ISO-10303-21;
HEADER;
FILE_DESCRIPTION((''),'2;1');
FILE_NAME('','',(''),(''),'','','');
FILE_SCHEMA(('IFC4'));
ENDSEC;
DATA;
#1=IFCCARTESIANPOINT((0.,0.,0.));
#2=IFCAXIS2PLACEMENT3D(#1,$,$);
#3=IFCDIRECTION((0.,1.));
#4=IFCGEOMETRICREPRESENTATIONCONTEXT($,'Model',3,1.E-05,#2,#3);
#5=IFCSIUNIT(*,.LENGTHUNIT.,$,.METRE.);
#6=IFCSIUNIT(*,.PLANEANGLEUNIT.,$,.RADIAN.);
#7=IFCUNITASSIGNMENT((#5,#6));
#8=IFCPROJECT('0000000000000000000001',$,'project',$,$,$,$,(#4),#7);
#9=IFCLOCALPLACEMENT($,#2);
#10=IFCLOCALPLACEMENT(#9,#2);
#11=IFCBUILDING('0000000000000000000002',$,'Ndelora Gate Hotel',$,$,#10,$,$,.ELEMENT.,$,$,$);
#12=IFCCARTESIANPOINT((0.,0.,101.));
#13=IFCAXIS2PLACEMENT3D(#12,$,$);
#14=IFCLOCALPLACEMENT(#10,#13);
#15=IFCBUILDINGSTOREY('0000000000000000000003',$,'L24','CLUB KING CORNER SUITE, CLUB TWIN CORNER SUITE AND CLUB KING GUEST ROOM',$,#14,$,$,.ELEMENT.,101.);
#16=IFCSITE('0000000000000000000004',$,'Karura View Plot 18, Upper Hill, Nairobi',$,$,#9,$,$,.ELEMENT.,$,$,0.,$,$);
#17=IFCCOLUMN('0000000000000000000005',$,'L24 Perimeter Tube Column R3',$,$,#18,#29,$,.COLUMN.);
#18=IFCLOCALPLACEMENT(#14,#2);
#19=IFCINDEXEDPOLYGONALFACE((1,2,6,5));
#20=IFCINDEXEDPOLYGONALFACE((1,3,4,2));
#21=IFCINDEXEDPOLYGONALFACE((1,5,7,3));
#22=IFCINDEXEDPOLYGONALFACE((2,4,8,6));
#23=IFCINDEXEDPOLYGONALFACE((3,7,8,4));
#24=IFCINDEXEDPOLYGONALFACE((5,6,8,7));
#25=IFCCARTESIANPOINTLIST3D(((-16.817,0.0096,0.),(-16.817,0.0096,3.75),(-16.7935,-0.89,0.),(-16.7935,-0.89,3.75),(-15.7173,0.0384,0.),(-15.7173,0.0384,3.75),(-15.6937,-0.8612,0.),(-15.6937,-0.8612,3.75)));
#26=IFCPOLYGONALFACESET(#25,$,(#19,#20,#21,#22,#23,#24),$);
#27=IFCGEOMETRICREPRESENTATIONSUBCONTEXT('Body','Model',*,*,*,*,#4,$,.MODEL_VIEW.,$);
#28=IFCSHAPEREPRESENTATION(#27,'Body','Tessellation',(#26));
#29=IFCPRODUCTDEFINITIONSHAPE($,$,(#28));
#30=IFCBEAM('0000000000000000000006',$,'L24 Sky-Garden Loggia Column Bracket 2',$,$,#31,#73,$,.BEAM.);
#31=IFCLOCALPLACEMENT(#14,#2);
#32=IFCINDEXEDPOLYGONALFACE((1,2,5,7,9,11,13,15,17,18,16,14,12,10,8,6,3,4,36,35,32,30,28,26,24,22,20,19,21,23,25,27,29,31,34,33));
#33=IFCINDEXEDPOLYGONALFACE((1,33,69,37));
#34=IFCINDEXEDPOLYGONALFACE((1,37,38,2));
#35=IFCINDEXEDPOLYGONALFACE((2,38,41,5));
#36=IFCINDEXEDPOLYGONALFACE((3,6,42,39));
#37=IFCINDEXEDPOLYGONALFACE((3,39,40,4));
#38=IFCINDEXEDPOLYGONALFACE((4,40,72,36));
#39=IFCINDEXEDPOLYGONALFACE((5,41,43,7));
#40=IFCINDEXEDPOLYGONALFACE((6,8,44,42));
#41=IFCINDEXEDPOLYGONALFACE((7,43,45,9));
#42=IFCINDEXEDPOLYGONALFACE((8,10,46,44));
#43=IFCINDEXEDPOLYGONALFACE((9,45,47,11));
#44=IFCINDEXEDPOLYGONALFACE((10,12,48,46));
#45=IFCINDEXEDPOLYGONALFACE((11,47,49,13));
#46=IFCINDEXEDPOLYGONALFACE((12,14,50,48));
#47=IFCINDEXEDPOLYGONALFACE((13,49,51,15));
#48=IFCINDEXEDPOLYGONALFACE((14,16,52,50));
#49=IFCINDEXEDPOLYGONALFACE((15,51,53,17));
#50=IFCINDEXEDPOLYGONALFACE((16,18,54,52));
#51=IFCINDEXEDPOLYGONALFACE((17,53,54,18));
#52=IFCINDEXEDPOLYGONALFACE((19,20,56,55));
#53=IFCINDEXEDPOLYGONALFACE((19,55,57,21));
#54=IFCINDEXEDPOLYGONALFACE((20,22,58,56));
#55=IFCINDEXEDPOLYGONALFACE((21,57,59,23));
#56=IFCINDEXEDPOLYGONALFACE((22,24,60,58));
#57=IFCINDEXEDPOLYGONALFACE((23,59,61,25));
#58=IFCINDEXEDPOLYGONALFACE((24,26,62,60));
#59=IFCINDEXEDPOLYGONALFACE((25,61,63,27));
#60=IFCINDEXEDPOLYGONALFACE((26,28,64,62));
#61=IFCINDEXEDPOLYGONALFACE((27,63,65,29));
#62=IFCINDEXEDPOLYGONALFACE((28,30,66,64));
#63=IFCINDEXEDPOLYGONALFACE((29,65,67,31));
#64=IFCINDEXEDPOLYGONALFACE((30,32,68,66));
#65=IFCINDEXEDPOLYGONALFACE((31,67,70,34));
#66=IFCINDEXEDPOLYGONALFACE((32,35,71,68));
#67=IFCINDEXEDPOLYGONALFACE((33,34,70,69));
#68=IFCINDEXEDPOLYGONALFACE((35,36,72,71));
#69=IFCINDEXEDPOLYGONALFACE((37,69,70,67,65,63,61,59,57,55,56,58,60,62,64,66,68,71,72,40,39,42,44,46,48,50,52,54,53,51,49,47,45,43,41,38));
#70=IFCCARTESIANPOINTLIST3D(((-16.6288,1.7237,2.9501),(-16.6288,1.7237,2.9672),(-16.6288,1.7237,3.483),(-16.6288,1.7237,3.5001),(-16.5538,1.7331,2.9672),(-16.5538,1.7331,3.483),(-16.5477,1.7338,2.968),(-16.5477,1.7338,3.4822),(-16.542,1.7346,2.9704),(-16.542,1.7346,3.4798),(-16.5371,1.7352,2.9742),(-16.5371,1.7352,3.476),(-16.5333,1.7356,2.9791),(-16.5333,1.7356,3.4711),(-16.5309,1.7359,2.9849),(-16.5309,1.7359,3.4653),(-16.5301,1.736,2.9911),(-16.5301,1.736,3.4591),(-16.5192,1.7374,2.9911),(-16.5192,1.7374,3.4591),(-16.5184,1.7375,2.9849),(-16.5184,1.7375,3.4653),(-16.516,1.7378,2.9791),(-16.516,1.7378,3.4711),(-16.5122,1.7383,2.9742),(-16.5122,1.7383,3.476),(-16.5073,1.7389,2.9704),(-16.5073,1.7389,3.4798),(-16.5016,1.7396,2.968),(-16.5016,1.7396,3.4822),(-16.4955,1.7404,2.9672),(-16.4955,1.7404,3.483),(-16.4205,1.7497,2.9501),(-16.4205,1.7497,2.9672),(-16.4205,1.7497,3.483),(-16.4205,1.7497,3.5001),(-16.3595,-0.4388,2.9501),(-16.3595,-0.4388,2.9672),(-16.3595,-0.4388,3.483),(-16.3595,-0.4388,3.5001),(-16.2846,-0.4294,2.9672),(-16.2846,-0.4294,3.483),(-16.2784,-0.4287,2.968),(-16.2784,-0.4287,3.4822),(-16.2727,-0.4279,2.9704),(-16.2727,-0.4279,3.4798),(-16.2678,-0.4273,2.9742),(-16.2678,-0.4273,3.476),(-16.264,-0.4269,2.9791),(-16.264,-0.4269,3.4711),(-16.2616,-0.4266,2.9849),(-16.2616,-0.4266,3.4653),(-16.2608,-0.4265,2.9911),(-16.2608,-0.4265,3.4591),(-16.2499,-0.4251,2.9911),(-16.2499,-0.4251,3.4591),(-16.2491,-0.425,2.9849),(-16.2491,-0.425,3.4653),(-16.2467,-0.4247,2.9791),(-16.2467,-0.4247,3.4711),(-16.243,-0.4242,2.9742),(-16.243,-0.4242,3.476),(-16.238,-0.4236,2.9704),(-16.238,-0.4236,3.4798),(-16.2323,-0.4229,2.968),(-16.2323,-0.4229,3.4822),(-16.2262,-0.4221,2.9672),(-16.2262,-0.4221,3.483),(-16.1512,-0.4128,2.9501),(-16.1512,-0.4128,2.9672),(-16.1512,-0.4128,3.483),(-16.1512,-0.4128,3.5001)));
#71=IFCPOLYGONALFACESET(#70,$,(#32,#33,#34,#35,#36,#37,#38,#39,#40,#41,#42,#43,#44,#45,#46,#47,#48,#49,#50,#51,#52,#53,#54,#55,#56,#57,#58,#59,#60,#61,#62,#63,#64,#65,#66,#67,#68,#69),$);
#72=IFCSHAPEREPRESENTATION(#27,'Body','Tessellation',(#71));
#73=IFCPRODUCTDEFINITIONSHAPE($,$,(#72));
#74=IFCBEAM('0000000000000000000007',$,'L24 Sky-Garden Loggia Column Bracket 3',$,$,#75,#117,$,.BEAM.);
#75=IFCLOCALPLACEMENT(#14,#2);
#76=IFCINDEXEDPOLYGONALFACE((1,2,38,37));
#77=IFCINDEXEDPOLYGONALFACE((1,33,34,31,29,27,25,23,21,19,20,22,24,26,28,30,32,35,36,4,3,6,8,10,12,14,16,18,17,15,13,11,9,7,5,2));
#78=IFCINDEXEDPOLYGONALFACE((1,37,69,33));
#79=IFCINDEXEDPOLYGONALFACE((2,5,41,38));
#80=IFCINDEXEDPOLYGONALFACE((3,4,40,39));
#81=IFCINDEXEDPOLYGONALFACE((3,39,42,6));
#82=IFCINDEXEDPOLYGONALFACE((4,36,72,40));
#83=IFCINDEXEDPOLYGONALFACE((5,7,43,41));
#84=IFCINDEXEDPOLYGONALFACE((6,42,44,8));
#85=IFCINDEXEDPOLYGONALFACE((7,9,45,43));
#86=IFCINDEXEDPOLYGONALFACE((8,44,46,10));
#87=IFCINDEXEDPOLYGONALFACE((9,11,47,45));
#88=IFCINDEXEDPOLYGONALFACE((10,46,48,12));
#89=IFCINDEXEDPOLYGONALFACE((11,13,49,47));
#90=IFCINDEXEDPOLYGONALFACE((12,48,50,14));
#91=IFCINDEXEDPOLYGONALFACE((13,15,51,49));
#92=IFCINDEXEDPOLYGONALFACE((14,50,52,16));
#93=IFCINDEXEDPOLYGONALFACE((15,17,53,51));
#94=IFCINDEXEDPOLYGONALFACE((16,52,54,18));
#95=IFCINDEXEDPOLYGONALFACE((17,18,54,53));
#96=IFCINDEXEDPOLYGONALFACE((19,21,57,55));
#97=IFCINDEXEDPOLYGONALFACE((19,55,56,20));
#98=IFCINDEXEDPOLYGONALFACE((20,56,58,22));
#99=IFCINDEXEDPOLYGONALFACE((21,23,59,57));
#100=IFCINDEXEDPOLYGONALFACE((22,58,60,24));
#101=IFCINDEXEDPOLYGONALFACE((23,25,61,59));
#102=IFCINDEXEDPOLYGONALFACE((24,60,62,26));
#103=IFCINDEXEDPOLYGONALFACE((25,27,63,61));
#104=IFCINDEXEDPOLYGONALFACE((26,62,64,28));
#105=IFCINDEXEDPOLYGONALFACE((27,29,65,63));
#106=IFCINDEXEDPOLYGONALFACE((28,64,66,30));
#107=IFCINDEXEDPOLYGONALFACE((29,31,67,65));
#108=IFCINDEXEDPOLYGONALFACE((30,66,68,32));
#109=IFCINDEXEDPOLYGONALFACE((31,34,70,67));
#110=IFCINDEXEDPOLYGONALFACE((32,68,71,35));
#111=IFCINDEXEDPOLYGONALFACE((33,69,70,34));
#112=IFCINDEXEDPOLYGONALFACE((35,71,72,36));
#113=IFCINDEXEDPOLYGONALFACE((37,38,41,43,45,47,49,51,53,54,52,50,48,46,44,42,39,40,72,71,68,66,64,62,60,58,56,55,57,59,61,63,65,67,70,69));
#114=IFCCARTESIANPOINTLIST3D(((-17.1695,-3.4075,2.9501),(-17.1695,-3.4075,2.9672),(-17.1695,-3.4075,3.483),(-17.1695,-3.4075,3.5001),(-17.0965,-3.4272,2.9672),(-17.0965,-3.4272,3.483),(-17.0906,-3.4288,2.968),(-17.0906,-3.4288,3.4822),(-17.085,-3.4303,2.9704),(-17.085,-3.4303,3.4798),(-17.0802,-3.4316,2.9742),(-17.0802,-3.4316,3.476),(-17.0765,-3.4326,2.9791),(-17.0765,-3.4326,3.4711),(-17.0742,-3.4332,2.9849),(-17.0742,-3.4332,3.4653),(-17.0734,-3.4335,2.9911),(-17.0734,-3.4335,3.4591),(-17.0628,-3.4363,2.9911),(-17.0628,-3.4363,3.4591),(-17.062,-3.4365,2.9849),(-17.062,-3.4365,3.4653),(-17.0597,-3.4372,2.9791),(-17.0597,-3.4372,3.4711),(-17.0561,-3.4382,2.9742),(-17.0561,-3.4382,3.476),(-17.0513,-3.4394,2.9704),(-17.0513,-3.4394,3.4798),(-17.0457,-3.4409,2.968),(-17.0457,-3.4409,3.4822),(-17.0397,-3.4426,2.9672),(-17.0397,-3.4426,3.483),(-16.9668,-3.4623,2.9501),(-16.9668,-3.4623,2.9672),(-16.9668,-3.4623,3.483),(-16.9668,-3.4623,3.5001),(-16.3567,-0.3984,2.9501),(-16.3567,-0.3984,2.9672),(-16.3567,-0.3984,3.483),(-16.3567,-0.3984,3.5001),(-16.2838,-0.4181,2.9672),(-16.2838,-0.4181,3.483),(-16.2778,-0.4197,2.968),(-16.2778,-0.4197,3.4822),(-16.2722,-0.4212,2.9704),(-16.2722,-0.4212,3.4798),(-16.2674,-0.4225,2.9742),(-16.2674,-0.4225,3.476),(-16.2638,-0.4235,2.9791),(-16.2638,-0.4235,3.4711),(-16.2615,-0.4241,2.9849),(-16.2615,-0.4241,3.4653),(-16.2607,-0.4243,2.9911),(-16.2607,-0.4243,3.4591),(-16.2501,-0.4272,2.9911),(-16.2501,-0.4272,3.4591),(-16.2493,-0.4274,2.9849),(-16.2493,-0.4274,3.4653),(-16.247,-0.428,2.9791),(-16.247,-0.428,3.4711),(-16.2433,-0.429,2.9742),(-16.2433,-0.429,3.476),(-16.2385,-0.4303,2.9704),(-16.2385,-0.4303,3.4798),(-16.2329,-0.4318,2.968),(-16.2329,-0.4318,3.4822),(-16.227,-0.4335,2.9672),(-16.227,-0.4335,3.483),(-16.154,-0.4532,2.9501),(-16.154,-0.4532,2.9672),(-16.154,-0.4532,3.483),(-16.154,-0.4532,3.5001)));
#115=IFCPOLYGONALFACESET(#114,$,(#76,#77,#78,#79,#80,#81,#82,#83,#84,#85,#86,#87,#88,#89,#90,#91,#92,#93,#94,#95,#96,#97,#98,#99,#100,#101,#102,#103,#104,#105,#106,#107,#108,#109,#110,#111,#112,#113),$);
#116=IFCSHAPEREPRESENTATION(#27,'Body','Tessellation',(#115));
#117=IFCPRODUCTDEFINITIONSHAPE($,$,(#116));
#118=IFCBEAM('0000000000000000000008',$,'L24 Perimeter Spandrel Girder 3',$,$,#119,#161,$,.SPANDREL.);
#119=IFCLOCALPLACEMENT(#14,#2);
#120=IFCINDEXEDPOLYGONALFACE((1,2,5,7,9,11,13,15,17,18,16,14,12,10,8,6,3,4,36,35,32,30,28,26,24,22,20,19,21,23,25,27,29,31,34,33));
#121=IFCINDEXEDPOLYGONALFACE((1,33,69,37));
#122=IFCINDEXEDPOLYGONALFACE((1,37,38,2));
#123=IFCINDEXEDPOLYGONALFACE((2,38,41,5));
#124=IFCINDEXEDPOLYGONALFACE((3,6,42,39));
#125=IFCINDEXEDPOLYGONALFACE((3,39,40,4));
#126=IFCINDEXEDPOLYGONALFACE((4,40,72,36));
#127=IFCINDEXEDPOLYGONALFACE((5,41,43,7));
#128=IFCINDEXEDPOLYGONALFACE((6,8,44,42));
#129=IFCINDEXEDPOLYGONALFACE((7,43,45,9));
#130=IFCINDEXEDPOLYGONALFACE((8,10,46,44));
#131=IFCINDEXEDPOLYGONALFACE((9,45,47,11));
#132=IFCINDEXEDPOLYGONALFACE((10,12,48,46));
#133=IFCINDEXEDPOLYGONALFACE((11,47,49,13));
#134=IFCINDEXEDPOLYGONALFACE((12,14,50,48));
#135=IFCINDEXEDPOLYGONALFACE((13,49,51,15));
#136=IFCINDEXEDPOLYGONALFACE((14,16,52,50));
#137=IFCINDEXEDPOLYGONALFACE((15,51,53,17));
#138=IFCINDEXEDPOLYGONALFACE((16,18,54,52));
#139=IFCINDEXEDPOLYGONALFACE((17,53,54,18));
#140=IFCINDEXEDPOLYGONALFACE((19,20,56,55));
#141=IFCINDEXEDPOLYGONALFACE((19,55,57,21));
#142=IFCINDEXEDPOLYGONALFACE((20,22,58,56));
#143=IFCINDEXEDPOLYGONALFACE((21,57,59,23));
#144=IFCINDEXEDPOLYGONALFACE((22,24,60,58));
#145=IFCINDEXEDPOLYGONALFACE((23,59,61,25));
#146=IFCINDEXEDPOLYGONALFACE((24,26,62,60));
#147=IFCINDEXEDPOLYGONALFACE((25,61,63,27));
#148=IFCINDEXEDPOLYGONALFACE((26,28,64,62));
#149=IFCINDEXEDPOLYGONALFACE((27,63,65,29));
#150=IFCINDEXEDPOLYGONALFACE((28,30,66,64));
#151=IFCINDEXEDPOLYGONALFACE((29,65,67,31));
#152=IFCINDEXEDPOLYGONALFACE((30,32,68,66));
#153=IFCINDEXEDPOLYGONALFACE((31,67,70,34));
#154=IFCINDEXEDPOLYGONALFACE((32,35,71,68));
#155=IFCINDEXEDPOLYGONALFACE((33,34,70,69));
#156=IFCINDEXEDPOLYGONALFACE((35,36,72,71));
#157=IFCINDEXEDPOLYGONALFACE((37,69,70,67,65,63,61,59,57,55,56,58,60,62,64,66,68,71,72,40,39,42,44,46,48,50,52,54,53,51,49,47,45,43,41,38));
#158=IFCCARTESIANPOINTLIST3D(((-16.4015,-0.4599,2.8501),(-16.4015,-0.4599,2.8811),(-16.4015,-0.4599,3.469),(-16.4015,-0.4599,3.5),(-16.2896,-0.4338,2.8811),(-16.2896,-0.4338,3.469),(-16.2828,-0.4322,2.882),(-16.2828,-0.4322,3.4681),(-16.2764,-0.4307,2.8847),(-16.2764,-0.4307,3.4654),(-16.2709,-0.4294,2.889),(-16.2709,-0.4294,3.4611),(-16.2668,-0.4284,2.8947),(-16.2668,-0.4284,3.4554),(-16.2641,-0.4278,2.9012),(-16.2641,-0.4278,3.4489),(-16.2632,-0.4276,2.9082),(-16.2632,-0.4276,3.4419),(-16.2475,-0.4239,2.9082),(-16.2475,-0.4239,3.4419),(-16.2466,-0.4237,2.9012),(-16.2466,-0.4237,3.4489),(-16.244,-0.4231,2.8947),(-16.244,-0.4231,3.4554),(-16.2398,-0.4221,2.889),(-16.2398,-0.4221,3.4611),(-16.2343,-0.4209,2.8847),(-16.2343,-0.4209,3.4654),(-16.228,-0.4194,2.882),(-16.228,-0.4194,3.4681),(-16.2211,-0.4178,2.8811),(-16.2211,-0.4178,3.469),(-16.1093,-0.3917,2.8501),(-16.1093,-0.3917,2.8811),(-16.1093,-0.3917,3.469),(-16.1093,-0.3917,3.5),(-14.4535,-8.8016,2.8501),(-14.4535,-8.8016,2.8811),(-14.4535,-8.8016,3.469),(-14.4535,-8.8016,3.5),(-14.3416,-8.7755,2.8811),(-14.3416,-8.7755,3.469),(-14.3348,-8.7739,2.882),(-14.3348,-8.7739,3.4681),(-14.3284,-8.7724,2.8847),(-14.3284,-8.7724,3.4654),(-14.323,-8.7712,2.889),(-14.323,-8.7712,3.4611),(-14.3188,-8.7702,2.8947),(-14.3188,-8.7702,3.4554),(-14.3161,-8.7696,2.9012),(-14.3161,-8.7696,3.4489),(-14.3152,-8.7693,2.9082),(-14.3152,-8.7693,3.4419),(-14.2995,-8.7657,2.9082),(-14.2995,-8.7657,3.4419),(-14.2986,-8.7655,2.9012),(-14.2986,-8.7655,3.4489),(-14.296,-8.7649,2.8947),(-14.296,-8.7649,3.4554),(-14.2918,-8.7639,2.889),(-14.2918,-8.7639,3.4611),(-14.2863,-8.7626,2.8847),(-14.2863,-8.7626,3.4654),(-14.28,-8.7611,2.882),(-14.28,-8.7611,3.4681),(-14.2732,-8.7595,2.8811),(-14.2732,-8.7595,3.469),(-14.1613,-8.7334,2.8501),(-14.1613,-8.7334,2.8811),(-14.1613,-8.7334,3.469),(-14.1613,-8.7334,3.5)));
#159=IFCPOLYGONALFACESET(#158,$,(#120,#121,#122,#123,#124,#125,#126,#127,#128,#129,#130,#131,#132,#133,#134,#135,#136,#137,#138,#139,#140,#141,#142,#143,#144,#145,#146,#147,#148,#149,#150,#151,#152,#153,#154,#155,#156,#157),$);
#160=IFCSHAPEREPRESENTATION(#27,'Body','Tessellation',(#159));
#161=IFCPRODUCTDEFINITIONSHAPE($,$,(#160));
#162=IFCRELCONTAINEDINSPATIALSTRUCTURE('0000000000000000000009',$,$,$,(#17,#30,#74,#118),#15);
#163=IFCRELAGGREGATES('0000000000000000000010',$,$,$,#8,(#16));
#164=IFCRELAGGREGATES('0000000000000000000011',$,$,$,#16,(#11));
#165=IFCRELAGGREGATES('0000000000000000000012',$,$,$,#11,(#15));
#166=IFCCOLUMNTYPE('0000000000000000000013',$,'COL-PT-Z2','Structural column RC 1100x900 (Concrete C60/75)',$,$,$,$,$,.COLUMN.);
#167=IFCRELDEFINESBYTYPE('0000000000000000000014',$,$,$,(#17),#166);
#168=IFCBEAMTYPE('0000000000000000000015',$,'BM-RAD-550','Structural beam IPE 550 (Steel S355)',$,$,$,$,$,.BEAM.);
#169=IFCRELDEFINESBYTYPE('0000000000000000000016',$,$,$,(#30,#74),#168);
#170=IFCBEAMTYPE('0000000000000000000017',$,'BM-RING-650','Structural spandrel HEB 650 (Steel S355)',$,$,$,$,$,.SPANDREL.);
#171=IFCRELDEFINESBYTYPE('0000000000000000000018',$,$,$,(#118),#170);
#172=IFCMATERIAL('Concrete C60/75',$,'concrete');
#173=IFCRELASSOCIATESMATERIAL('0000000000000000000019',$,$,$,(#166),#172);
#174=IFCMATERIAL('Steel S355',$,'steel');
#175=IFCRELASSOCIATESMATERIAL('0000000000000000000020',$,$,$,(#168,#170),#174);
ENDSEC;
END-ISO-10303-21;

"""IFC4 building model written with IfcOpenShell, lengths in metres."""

from ifc_helpers import new_model, si_unit, direction, frame, origin, origin_2d, place, context, subcontext, project, spatial, rectangle, i_section, extrude, material, material_profile, profile_set, type_object, element, save


model = new_model("IFC4")

# Units and contexts
model_context = context("Model", 3, precision=1e-05, world=origin(), true_north=direction((0.0, 1.0)))
body_context = subcontext(model_context, "Body", "Model", "MODEL_VIEW")
ifc_project = project(units=[si_unit("LENGTHUNIT", "METRE"), si_unit("PLANEANGLEUNIT", "RADIAN")], contexts=[model_context])

# Site, building, storey
site_placement = place(None, origin())
site = spatial("IfcSite", under=ifc_project, at=site_placement, Name="Karura View Plot 18, Upper Hill, Nairobi", CompositionType="ELEMENT", RefElevation=0.0)
building_placement = place(site_placement, origin())
building = spatial("IfcBuilding", under=site, at=building_placement, Name="Ndelora Gate Hotel", CompositionType="ELEMENT")
storey_placement = place(building_placement, frame((0.0, 0.0, 101.0)))
storey = spatial("IfcBuildingStorey", under=building, at=storey_placement, Name="L24", Description="CLUB KING CORNER SUITE, CLUB TWIN CORNER SUITE AND CLUB KING GUEST ROOM", CompositionType="ELEMENT", Elevation=101.0)

# Column
ifc_material_1 = material(Name="Concrete C60/75", Category="concrete")
ifc_material_profile_1 = material_profile(ifc_material_1, rectangle(XDim=0.8999, YDim=1.1001, at=origin_2d()), Name="RC 1100x900")
ifc_profile_set_1 = profile_set([ifc_material_profile_1], Name="Concrete C60/75")
column_type = type_object("IfcColumnType", Name="COL-PT-Z2", Description="Structural column RC 1100x900 (Concrete C60/75)", PredefinedType="COLUMN", material=ifc_profile_set_1)
column_placement = place(storey_placement, frame((-16.2554, -0.4258, 0.0), z_axis=(0.0, 0.0, 1.0), x_axis=(-0.026177, 0.999657, 0.0)))
element("IfcColumn", 1, at=column_placement, inside=storey, type_object=column_type, Name="L24 Perimeter Tube Column R3", PredefinedType="COLUMN", context=body_context, shape_type="SweptSolid", body=[
    extrude(rectangle(XDim=0.8999, YDim=1.1001, at=origin_2d()), origin(), (0.0, 0.0, 1.0), 3.75),
])

# Beams
ifc_material_2 = material(Name="Steel S355", Category="steel")
ifc_material_profile_2 = material_profile(ifc_material_2, i_section(OverallWidth=0.21, OverallDepth=0.55, WebThickness=0.011, FlangeThickness=0.0171, FilletRadius=0.0239, at=origin_2d()), Name="IPE 550")
ifc_profile_set_2 = profile_set([ifc_material_profile_2], Name="Steel S355")
beam_type_1 = type_object("IfcBeamType", Name="BM-RAD-550", Description="Structural beam IPE 550 (Steel S355)", PredefinedType="BEAM", material=ifc_profile_set_2)
beam_1_placement = place(storey_placement, frame((-16.2554, -0.4258, 3.2251), z_axis=(-0.123566, 0.992336, 0.0), x_axis=(-0.992336, -0.123566, 0.0)))
element("IfcBeam", 2, at=beam_1_placement, inside=storey, type_object=beam_type_1, Name="L24 Sky-Garden Loggia Column Bracket 2", PredefinedType="BEAM", context=body_context, shape_type="SweptSolid", body=[
    extrude(i_section(OverallWidth=0.21, OverallDepth=0.55, WebThickness=0.011, FlangeThickness=0.0171, FilletRadius=0.0239, at=origin_2d()), origin(), (0.0, 0.0, 1.0), 2.1792),
])
beam_2_placement = place(storey_placement, frame((-16.2554, -0.4258, 3.2251), z_axis=(-0.260757, -0.965404, 0.0), x_axis=(0.965404, -0.260757, 0.0)))
element("IfcBeam", 3, at=beam_2_placement, inside=storey, type_object=beam_type_1, Name="L24 Sky-Garden Loggia Column Bracket 3", PredefinedType="BEAM", context=body_context, shape_type="SweptSolid", body=[
    extrude(i_section(OverallWidth=0.21, OverallDepth=0.55, WebThickness=0.011, FlangeThickness=0.0171, FilletRadius=0.0239, at=origin_2d()), origin(), (0.0, 0.0, 1.0), 3.1169),
])
ifc_material_profile_3 = material_profile(ifc_material_2, i_section(OverallWidth=0.3, OverallDepth=0.6499, WebThickness=0.0161, FlangeThickness=0.031, FilletRadius=0.0271, at=origin_2d()), Name="HEB 650")
ifc_profile_set_3 = profile_set([ifc_material_profile_3], Name="Steel S355")
beam_type_2 = type_object("IfcBeamType", Name="BM-RING-650", Description="Structural spandrel HEB 650 (Steel S355)", PredefinedType="SPANDREL", material=ifc_profile_set_3)
beam_3_placement = place(storey_placement, frame((-16.2554, -0.4258, 3.175), z_axis=(0.227404, -0.9738, 0.0), x_axis=(0.9738, 0.227404, 0.0)))
element("IfcBeam", 4, at=beam_3_placement, inside=storey, type_object=beam_type_2, Name="L24 Perimeter Spandrel Girder 3", PredefinedType="SPANDREL", context=body_context, shape_type="SweptSolid", body=[
    extrude(i_section(OverallWidth=0.3, OverallDepth=0.6499, WebThickness=0.0161, FlangeThickness=0.031, FilletRadius=0.0271, at=origin_2d()), origin(), (0.0, 0.0, 1.0), 8.5662),
])

save(model, "model.ifc")
